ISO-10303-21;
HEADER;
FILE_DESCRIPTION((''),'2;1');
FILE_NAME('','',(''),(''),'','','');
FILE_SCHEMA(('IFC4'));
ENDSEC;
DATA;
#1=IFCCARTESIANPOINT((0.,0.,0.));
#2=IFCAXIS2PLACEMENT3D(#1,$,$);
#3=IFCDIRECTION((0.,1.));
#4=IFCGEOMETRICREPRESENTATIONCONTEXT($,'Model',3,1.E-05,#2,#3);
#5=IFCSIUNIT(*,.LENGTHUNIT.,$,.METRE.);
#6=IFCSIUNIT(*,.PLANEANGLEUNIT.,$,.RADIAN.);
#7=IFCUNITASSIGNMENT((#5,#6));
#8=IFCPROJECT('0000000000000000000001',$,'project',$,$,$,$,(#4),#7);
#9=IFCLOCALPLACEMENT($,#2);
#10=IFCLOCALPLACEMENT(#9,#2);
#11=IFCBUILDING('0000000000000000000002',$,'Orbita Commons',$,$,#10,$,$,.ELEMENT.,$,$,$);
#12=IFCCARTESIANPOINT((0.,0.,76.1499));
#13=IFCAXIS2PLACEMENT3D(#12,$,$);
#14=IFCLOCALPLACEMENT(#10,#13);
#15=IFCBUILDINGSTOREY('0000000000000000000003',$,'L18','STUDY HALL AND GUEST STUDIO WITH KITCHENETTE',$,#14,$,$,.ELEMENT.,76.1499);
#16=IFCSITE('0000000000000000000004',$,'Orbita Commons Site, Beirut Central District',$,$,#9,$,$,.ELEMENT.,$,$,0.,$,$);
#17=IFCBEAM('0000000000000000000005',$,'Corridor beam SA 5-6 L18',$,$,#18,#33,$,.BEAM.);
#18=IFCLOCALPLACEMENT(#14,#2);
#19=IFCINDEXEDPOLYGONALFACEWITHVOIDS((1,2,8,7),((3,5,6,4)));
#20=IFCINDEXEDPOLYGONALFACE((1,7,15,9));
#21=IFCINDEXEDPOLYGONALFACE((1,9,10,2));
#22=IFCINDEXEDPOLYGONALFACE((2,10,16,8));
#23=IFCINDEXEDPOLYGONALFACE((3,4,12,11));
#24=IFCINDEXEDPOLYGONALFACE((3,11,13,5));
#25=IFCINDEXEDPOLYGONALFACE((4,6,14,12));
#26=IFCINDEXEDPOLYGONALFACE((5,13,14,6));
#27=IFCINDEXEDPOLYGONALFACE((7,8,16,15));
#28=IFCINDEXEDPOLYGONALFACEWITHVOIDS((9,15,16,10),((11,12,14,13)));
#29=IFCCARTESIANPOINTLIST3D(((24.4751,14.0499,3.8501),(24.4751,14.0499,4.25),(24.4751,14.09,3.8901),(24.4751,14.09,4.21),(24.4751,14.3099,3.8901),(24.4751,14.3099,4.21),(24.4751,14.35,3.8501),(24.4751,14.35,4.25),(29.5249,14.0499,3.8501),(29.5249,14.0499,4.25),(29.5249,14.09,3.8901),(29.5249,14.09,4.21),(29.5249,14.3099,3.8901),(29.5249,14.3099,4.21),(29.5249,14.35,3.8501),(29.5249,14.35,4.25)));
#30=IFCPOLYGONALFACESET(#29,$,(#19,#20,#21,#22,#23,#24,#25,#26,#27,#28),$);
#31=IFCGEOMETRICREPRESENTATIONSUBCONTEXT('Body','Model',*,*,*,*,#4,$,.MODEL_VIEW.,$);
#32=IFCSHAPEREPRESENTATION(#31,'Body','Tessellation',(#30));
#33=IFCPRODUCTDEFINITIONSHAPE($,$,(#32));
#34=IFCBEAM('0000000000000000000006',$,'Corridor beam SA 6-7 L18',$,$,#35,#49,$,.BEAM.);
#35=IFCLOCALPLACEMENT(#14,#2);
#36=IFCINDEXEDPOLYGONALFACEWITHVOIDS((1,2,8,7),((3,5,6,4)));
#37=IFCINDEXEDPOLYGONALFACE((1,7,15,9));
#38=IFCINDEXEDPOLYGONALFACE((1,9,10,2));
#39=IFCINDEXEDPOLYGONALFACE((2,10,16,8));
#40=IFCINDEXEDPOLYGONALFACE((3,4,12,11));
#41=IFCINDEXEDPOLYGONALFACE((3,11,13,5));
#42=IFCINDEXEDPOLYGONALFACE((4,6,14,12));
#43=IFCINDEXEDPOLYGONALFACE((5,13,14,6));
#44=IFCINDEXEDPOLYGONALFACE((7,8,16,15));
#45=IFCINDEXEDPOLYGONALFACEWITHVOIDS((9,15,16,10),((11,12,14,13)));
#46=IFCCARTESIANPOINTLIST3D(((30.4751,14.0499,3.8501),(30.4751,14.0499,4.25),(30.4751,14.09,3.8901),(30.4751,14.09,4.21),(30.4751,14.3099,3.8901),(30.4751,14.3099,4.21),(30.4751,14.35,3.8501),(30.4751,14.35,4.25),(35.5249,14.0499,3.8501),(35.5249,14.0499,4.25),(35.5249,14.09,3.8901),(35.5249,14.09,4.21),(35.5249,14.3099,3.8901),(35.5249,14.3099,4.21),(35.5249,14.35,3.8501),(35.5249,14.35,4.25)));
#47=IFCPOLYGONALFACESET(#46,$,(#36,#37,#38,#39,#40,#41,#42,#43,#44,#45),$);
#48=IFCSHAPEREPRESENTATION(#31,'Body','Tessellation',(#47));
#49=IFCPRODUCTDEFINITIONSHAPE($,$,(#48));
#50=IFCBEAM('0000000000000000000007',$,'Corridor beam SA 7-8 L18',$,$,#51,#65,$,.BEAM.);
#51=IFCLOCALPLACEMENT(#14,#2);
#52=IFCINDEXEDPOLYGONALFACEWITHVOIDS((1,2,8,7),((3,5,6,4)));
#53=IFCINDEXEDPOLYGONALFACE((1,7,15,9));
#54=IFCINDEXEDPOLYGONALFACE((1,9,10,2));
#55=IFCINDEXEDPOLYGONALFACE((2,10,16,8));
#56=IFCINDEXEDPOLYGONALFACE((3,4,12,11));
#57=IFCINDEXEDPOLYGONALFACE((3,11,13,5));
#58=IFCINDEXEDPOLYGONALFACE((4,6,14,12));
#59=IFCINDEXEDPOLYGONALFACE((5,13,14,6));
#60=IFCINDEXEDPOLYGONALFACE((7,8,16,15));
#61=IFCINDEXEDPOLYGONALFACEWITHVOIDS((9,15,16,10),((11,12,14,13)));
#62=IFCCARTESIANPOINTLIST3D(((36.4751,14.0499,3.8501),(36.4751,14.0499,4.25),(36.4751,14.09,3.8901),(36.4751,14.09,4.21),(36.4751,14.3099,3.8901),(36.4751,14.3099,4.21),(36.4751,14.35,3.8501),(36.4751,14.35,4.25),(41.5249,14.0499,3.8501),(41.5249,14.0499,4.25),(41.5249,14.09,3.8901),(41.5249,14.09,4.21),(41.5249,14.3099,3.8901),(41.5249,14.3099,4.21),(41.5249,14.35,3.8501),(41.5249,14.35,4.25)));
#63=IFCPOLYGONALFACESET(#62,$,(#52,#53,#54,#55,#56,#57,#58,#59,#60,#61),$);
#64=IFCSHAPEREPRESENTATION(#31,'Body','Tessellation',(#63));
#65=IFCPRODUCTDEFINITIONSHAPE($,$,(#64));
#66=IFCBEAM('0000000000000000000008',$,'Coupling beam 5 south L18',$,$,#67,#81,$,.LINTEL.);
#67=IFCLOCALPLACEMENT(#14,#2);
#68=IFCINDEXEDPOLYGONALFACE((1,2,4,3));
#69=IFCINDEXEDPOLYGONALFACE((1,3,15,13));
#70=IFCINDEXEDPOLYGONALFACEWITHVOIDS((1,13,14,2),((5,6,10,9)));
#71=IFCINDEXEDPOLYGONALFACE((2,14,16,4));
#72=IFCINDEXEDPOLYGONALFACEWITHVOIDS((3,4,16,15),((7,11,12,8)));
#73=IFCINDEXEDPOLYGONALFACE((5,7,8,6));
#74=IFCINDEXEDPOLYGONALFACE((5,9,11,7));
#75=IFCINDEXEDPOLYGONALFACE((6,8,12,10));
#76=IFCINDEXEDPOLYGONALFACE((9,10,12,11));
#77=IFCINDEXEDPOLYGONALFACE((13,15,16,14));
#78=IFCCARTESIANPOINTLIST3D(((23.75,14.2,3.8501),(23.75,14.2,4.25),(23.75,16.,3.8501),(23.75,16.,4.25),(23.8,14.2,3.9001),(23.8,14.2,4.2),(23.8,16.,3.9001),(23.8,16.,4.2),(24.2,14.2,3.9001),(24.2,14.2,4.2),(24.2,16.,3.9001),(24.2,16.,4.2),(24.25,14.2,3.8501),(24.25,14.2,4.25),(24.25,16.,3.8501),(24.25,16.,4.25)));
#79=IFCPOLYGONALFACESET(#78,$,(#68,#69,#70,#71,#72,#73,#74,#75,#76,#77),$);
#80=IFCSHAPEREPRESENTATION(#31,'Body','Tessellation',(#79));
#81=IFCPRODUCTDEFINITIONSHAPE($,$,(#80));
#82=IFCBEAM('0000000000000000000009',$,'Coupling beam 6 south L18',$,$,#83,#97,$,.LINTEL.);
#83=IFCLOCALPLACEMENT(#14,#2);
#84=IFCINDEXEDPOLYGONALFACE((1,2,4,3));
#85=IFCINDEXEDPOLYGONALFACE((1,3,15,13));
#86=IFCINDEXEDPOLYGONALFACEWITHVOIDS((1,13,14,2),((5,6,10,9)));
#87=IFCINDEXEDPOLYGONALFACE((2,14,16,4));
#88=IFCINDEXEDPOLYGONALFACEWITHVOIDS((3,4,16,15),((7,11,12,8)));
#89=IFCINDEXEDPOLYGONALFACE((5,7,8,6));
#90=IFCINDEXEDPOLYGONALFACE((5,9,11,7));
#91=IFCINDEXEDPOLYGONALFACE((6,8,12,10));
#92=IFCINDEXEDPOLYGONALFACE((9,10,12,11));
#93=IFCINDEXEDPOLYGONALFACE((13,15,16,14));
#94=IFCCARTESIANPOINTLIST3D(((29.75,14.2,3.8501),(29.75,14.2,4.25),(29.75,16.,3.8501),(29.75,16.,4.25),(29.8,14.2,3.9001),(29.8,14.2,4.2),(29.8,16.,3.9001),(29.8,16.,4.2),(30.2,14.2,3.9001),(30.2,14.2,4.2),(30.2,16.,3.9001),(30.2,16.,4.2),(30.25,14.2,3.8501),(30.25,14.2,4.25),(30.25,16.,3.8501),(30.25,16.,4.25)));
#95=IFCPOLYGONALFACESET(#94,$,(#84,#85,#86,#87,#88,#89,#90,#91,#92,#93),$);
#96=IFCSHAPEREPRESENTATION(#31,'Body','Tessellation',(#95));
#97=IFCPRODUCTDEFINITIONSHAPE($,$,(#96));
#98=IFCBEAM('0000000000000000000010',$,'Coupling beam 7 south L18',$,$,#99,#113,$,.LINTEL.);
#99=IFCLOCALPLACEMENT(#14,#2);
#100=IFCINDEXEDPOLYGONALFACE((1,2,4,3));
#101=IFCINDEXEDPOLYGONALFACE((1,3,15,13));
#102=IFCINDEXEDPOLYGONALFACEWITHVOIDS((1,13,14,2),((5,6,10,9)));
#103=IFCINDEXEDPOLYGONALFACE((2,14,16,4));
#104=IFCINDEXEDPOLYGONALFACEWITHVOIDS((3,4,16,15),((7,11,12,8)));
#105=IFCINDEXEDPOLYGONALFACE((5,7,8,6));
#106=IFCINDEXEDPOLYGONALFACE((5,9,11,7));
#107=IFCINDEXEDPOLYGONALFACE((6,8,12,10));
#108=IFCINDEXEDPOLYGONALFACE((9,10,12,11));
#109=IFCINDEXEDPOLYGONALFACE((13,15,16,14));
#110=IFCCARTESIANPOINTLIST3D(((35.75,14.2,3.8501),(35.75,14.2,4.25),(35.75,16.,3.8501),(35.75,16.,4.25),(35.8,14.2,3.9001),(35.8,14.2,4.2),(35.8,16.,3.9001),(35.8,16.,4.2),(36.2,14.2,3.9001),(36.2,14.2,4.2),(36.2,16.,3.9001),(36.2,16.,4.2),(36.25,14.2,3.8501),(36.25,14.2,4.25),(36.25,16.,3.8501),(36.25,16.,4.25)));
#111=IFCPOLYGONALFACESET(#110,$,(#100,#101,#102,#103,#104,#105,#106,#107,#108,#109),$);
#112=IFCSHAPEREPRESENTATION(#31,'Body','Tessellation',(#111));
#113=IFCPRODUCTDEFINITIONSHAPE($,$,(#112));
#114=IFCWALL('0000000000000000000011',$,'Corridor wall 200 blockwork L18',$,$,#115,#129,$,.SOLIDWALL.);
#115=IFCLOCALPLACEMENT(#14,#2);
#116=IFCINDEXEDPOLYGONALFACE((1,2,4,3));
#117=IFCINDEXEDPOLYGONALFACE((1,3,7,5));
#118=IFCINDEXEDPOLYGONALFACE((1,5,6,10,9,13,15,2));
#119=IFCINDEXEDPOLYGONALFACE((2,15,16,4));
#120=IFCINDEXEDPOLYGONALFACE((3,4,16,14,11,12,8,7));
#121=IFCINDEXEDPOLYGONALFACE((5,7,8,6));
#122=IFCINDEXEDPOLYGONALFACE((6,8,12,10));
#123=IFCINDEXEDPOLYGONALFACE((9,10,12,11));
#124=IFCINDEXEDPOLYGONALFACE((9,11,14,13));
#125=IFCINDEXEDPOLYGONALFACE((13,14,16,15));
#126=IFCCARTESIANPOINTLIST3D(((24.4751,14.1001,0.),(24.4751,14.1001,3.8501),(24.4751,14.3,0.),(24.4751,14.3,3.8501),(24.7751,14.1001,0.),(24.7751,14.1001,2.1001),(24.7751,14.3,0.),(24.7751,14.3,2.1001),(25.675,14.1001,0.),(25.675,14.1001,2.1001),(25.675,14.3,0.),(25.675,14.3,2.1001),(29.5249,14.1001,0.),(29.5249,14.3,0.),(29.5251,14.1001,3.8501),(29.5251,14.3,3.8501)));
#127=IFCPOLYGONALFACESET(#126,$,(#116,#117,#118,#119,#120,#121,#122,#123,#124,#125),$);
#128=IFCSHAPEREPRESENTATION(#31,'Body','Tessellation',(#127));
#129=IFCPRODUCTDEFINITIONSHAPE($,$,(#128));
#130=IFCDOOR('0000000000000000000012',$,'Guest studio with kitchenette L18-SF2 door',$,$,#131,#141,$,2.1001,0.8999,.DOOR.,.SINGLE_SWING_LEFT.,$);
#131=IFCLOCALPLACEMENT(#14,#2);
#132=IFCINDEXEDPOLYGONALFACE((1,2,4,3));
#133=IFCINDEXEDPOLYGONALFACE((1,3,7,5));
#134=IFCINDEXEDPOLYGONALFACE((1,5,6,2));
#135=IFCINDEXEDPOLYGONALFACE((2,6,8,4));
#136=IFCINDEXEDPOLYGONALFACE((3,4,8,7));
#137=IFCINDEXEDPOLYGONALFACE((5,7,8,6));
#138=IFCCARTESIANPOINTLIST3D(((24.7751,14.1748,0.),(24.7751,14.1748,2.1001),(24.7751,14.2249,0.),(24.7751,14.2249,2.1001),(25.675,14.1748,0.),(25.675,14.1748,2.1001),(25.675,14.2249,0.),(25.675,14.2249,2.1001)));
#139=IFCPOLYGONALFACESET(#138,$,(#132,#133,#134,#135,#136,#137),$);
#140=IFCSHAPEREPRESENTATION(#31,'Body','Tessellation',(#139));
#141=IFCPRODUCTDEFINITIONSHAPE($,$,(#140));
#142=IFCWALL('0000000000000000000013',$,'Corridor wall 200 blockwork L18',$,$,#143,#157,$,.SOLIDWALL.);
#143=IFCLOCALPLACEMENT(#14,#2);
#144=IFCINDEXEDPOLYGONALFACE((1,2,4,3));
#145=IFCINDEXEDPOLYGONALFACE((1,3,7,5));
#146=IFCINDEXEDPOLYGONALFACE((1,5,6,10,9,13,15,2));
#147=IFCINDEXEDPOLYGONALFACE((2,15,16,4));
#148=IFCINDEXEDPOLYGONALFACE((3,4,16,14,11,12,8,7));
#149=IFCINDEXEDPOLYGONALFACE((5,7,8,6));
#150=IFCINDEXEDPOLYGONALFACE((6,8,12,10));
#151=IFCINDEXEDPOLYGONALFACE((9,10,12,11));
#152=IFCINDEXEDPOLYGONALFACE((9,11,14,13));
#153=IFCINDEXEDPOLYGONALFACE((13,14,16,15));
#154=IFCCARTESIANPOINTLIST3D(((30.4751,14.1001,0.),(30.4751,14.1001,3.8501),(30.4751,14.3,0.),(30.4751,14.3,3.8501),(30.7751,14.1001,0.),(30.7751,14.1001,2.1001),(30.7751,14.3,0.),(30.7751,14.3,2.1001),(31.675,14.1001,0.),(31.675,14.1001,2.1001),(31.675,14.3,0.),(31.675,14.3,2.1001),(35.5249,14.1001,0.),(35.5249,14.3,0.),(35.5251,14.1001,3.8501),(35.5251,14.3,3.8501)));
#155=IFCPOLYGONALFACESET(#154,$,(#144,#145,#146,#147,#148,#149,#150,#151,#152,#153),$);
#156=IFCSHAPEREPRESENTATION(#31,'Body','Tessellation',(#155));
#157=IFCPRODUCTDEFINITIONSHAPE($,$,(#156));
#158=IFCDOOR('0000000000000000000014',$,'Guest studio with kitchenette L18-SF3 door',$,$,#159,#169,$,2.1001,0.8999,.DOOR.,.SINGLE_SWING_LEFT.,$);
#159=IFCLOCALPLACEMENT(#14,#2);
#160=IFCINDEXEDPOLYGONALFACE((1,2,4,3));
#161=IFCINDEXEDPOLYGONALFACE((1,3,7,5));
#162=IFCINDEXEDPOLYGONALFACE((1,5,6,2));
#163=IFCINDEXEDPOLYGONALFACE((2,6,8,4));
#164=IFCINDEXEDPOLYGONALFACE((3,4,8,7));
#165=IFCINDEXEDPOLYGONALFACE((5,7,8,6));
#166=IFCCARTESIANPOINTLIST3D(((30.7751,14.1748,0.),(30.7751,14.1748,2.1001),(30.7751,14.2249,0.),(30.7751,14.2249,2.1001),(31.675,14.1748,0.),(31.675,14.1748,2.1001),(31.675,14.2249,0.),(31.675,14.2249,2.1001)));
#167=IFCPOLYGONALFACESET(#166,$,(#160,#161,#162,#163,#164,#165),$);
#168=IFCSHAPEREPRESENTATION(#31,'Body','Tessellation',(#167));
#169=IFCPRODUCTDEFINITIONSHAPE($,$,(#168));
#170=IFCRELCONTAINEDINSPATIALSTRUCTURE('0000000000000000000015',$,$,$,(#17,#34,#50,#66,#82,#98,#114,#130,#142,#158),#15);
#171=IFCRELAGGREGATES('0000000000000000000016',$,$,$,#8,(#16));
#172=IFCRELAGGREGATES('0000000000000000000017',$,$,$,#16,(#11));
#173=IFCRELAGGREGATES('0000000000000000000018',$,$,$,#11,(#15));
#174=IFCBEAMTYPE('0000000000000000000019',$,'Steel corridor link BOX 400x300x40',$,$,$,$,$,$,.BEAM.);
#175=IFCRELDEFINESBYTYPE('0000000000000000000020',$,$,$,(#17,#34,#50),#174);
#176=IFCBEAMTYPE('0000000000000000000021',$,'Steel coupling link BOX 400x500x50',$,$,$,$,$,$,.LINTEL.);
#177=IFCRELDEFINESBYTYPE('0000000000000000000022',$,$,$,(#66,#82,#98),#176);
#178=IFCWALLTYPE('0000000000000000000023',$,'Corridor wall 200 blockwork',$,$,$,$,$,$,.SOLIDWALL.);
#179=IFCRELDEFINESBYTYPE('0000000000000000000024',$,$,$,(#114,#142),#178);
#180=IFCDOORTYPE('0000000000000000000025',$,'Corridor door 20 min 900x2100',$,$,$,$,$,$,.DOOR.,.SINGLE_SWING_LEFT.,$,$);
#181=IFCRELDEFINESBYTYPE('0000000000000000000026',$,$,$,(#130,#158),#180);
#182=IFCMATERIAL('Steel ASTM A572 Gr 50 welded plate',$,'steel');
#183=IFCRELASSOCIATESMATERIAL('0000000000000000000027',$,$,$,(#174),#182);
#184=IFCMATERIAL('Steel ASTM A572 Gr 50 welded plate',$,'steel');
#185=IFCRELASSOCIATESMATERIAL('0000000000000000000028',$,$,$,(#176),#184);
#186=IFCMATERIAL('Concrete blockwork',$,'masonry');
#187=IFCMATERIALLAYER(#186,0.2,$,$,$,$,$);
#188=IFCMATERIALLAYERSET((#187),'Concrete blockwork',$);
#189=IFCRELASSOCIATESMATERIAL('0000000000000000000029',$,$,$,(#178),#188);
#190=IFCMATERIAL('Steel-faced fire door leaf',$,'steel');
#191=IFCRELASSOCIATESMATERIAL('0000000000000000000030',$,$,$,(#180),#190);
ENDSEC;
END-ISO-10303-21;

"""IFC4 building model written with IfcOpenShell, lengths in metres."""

from ifc_helpers import new_model, si_unit, direction, frame, frame_2d, origin, origin_2d, place, context, subcontext, project, spatial, polyline, rectangle, hollow_rectangle, outline, extrude, material, layer, layer_set, material_profile, profile_set, type_object, element, fill, save


model = new_model("IFC4")

# Units and contexts
model_context = context("Model", 3, precision=1e-05, world=origin(), true_north=direction((0.0, 1.0)))
body_context = subcontext(model_context, "Body", "Model", "MODEL_VIEW")
ifc_project = project(units=[si_unit("LENGTHUNIT", "METRE"), si_unit("PLANEANGLEUNIT", "RADIAN")], contexts=[model_context])

# Site, building, storey
site_placement = place(None, origin())
site = spatial("IfcSite", under=ifc_project, at=site_placement, Name="Orbita Commons Site, Beirut Central District", CompositionType="ELEMENT", RefElevation=0.0)
building_placement = place(site_placement, origin())
building = spatial("IfcBuilding", under=site, at=building_placement, Name="Orbita Commons", CompositionType="ELEMENT")
storey_placement = place(building_placement, frame((0.0, 0.0, 76.1499)))
storey = spatial("IfcBuildingStorey", under=building, at=storey_placement, Name="L18", Description="STUDY HALL AND GUEST STUDIO WITH KITCHENETTE", CompositionType="ELEMENT", Elevation=76.1499)

# Beams
ifc_material_1 = material(Name="Steel ASTM A572 Gr 50 welded plate", Category="steel")
ifc_material_profile_1 = material_profile(ifc_material_1, hollow_rectangle(XDim=0.3, YDim=0.3999, WallThickness=0.04, at=origin_2d()), Name="BOX 400x300x40")
ifc_profile_set_1 = profile_set([ifc_material_profile_1], Name="Steel ASTM A572 Gr 50 welded plate")
beam_type_1 = type_object("IfcBeamType", Name="Steel corridor link BOX 400x300x40", PredefinedType="BEAM", material=ifc_profile_set_1)
for number, where, z_axis, x_axis, name in (
    (1, (24.4751, 14.2, 4.05), (1.0, 0.0, 0.0), (0.0, 1.0, 0.0), "Corridor beam SA 5-6 L18"),
    (2, (30.4751, 14.2, 4.05), (1.0, 0.0, 0.0), (0.0, 1.0, 0.0), "Corridor beam SA 6-7 L18"),
    (3, (36.4751, 14.2, 4.05), (1.0, 0.0, 0.0), (0.0, 1.0, 0.0), "Corridor beam SA 7-8 L18"),
):
    element("IfcBeam", number, at=place(storey_placement, frame(where, z_axis=z_axis, x_axis=x_axis)), inside=storey, type_object=beam_type_1, Name=name, PredefinedType="BEAM", context=body_context, shape_type="SweptSolid", body=[
        extrude(hollow_rectangle(XDim=0.3, YDim=0.3999, WallThickness=0.04, at=origin_2d()), origin(), (0.0, 0.0, 1.0), 5.0498),
    ])
ifc_material_2 = material(Name="Steel ASTM A572 Gr 50 welded plate", Category="steel")
ifc_material_profile_2 = material_profile(ifc_material_2, hollow_rectangle(XDim=0.5, YDim=0.3999, WallThickness=0.05, at=origin_2d()), Name="BOX 400x500x50")
ifc_profile_set_2 = profile_set([ifc_material_profile_2], Name="Steel ASTM A572 Gr 50 welded plate")
beam_type_2 = type_object("IfcBeamType", Name="Steel coupling link BOX 400x500x50", PredefinedType="LINTEL", material=ifc_profile_set_2)
for number, where, z_axis, x_axis, name in (
    (4, (24.0, 14.2, 4.05), (0.0, 1.0, 0.0), (-1.0, 0.0, 0.0), "Coupling beam 5 south L18"),
    (5, (30.0, 14.2, 4.05), (0.0, 1.0, 0.0), (-1.0, 0.0, 0.0), "Coupling beam 6 south L18"),
    (6, (36.0, 14.2, 4.05), (0.0, 1.0, 0.0), (-1.0, 0.0, 0.0), "Coupling beam 7 south L18"),
):
    element("IfcBeam", number, at=place(storey_placement, frame(where, z_axis=z_axis, x_axis=x_axis)), inside=storey, type_object=beam_type_2, Name=name, PredefinedType="LINTEL", context=body_context, shape_type="SweptSolid", body=[
        extrude(hollow_rectangle(XDim=0.5, YDim=0.3999, WallThickness=0.05, at=origin_2d()), origin(), (0.0, 0.0, 1.0), 1.8),
    ])

# Walls, openings, doors
ifc_material_3 = material(Name="Concrete blockwork", Category="masonry")
ifc_layer_1 = layer(ifc_material_3, 0.2)
ifc_layer_set_1 = layer_set([ifc_layer_1], Name="Concrete blockwork")
wall_type_1 = type_object("IfcWallType", Name="Corridor wall 200 blockwork", PredefinedType="SOLIDWALL", material=ifc_layer_set_1)
wall_1_placement = place(storey_placement, frame((24.4751, 14.2, 0.0), z_axis=(0.0, 0.0, 1.0), x_axis=(1.0, 0.0, 0.0)))
wall_1 = element("IfcWall", 7, at=wall_1_placement, inside=storey, type_object=wall_type_1, Name="Corridor wall 200 blockwork L18", PredefinedType="SOLIDWALL", context=body_context, shape_type="SweptSolid", body=[
    extrude(outline(polyline([(0.0, 0.0), (5.0498, 0.0), (5.05, 3.8501), (0.0, 3.8501), (0.0, 0.0)])), frame((0.0, 0.1001, 0.0), z_axis=(0.0, -1.0, 0.0), x_axis=(1.0, 0.0, 0.0)), (0.0, 0.0, 1.0), 0.2),
])
opening_1_placement = place(wall_1_placement, frame((0.3, 0.0, 0.0)))
opening_1 = element("IfcOpeningElement", 8, at=opening_1_placement, cuts=wall_1, PredefinedType="OPENING", context=body_context, shape_type="SweptSolid", body=[
    extrude(rectangle(XDim=0.8999, YDim=2.1001, at=frame_2d((0.45, 1.05))), frame((0.0, 0.1099, 0.0), z_axis=(0.0, -1.0, 0.0), x_axis=(1.0, 0.0, 0.0)), (0.0, 0.0, 1.0), 0.22),
])
ifc_material_4 = material(Name="Steel-faced fire door leaf", Category="steel")
door_type_1 = type_object("IfcDoorType", Name="Corridor door 20 min 900x2100", OperationType="SINGLE_SWING_LEFT", PredefinedType="DOOR", material=ifc_material_4)
door_1_placement = place(opening_1_placement, origin())
door_1 = element("IfcDoor", 9, at=door_1_placement, inside=storey, type_object=door_type_1, Name="Guest studio with kitchenette L18-SF2 door", OperationType="SINGLE_SWING_LEFT", OverallHeight=2.1001, OverallWidth=0.8999, PredefinedType="DOOR", context=body_context, shape_type="SweptSolid", body=[
    extrude(rectangle(XDim=0.8999, YDim=2.1001, at=frame_2d((0.45, 1.05))), frame((0.0, 0.0249, 0.0), z_axis=(0.0, -1.0, 0.0), x_axis=(1.0, 0.0, 0.0)), (0.0, 0.0, 1.0), 0.05),
])
fill(opening_1, door_1)
wall_2_placement = place(storey_placement, frame((30.4751, 14.2, 0.0), z_axis=(0.0, 0.0, 1.0), x_axis=(1.0, 0.0, 0.0)))
wall_2 = element("IfcWall", 10, at=wall_2_placement, inside=storey, type_object=wall_type_1, Name="Corridor wall 200 blockwork L18", PredefinedType="SOLIDWALL", context=body_context, shape_type="SweptSolid", body=[
    extrude(outline(polyline([(0.0, 0.0), (5.0498, 0.0), (5.05, 3.8501), (0.0, 3.8501), (0.0, 0.0)])), frame((0.0, 0.1001, 0.0), z_axis=(0.0, -1.0, 0.0), x_axis=(1.0, 0.0, 0.0)), (0.0, 0.0, 1.0), 0.2),
])
opening_2_placement = place(wall_2_placement, frame((0.3, 0.0, 0.0)))
opening_2 = element("IfcOpeningElement", 11, at=opening_2_placement, cuts=wall_2, PredefinedType="OPENING", context=body_context, shape_type="SweptSolid", body=[
    extrude(rectangle(XDim=0.8999, YDim=2.1001, at=frame_2d((0.45, 1.05))), frame((0.0, 0.1099, 0.0), z_axis=(0.0, -1.0, 0.0), x_axis=(1.0, 0.0, 0.0)), (0.0, 0.0, 1.0), 0.22),
])
door_2_placement = place(opening_2_placement, origin())
door_2 = element("IfcDoor", 12, at=door_2_placement, inside=storey, type_object=door_type_1, Name="Guest studio with kitchenette L18-SF3 door", OperationType="SINGLE_SWING_LEFT", OverallHeight=2.1001, OverallWidth=0.8999, PredefinedType="DOOR", context=body_context, shape_type="SweptSolid", body=[
    extrude(rectangle(XDim=0.8999, YDim=2.1001, at=frame_2d((0.45, 1.05))), frame((0.0, 0.0249, 0.0), z_axis=(0.0, -1.0, 0.0), x_axis=(1.0, 0.0, 0.0)), (0.0, 0.0, 1.0), 0.05),
])
fill(opening_2, door_2)

save(model, "model.ifc")
